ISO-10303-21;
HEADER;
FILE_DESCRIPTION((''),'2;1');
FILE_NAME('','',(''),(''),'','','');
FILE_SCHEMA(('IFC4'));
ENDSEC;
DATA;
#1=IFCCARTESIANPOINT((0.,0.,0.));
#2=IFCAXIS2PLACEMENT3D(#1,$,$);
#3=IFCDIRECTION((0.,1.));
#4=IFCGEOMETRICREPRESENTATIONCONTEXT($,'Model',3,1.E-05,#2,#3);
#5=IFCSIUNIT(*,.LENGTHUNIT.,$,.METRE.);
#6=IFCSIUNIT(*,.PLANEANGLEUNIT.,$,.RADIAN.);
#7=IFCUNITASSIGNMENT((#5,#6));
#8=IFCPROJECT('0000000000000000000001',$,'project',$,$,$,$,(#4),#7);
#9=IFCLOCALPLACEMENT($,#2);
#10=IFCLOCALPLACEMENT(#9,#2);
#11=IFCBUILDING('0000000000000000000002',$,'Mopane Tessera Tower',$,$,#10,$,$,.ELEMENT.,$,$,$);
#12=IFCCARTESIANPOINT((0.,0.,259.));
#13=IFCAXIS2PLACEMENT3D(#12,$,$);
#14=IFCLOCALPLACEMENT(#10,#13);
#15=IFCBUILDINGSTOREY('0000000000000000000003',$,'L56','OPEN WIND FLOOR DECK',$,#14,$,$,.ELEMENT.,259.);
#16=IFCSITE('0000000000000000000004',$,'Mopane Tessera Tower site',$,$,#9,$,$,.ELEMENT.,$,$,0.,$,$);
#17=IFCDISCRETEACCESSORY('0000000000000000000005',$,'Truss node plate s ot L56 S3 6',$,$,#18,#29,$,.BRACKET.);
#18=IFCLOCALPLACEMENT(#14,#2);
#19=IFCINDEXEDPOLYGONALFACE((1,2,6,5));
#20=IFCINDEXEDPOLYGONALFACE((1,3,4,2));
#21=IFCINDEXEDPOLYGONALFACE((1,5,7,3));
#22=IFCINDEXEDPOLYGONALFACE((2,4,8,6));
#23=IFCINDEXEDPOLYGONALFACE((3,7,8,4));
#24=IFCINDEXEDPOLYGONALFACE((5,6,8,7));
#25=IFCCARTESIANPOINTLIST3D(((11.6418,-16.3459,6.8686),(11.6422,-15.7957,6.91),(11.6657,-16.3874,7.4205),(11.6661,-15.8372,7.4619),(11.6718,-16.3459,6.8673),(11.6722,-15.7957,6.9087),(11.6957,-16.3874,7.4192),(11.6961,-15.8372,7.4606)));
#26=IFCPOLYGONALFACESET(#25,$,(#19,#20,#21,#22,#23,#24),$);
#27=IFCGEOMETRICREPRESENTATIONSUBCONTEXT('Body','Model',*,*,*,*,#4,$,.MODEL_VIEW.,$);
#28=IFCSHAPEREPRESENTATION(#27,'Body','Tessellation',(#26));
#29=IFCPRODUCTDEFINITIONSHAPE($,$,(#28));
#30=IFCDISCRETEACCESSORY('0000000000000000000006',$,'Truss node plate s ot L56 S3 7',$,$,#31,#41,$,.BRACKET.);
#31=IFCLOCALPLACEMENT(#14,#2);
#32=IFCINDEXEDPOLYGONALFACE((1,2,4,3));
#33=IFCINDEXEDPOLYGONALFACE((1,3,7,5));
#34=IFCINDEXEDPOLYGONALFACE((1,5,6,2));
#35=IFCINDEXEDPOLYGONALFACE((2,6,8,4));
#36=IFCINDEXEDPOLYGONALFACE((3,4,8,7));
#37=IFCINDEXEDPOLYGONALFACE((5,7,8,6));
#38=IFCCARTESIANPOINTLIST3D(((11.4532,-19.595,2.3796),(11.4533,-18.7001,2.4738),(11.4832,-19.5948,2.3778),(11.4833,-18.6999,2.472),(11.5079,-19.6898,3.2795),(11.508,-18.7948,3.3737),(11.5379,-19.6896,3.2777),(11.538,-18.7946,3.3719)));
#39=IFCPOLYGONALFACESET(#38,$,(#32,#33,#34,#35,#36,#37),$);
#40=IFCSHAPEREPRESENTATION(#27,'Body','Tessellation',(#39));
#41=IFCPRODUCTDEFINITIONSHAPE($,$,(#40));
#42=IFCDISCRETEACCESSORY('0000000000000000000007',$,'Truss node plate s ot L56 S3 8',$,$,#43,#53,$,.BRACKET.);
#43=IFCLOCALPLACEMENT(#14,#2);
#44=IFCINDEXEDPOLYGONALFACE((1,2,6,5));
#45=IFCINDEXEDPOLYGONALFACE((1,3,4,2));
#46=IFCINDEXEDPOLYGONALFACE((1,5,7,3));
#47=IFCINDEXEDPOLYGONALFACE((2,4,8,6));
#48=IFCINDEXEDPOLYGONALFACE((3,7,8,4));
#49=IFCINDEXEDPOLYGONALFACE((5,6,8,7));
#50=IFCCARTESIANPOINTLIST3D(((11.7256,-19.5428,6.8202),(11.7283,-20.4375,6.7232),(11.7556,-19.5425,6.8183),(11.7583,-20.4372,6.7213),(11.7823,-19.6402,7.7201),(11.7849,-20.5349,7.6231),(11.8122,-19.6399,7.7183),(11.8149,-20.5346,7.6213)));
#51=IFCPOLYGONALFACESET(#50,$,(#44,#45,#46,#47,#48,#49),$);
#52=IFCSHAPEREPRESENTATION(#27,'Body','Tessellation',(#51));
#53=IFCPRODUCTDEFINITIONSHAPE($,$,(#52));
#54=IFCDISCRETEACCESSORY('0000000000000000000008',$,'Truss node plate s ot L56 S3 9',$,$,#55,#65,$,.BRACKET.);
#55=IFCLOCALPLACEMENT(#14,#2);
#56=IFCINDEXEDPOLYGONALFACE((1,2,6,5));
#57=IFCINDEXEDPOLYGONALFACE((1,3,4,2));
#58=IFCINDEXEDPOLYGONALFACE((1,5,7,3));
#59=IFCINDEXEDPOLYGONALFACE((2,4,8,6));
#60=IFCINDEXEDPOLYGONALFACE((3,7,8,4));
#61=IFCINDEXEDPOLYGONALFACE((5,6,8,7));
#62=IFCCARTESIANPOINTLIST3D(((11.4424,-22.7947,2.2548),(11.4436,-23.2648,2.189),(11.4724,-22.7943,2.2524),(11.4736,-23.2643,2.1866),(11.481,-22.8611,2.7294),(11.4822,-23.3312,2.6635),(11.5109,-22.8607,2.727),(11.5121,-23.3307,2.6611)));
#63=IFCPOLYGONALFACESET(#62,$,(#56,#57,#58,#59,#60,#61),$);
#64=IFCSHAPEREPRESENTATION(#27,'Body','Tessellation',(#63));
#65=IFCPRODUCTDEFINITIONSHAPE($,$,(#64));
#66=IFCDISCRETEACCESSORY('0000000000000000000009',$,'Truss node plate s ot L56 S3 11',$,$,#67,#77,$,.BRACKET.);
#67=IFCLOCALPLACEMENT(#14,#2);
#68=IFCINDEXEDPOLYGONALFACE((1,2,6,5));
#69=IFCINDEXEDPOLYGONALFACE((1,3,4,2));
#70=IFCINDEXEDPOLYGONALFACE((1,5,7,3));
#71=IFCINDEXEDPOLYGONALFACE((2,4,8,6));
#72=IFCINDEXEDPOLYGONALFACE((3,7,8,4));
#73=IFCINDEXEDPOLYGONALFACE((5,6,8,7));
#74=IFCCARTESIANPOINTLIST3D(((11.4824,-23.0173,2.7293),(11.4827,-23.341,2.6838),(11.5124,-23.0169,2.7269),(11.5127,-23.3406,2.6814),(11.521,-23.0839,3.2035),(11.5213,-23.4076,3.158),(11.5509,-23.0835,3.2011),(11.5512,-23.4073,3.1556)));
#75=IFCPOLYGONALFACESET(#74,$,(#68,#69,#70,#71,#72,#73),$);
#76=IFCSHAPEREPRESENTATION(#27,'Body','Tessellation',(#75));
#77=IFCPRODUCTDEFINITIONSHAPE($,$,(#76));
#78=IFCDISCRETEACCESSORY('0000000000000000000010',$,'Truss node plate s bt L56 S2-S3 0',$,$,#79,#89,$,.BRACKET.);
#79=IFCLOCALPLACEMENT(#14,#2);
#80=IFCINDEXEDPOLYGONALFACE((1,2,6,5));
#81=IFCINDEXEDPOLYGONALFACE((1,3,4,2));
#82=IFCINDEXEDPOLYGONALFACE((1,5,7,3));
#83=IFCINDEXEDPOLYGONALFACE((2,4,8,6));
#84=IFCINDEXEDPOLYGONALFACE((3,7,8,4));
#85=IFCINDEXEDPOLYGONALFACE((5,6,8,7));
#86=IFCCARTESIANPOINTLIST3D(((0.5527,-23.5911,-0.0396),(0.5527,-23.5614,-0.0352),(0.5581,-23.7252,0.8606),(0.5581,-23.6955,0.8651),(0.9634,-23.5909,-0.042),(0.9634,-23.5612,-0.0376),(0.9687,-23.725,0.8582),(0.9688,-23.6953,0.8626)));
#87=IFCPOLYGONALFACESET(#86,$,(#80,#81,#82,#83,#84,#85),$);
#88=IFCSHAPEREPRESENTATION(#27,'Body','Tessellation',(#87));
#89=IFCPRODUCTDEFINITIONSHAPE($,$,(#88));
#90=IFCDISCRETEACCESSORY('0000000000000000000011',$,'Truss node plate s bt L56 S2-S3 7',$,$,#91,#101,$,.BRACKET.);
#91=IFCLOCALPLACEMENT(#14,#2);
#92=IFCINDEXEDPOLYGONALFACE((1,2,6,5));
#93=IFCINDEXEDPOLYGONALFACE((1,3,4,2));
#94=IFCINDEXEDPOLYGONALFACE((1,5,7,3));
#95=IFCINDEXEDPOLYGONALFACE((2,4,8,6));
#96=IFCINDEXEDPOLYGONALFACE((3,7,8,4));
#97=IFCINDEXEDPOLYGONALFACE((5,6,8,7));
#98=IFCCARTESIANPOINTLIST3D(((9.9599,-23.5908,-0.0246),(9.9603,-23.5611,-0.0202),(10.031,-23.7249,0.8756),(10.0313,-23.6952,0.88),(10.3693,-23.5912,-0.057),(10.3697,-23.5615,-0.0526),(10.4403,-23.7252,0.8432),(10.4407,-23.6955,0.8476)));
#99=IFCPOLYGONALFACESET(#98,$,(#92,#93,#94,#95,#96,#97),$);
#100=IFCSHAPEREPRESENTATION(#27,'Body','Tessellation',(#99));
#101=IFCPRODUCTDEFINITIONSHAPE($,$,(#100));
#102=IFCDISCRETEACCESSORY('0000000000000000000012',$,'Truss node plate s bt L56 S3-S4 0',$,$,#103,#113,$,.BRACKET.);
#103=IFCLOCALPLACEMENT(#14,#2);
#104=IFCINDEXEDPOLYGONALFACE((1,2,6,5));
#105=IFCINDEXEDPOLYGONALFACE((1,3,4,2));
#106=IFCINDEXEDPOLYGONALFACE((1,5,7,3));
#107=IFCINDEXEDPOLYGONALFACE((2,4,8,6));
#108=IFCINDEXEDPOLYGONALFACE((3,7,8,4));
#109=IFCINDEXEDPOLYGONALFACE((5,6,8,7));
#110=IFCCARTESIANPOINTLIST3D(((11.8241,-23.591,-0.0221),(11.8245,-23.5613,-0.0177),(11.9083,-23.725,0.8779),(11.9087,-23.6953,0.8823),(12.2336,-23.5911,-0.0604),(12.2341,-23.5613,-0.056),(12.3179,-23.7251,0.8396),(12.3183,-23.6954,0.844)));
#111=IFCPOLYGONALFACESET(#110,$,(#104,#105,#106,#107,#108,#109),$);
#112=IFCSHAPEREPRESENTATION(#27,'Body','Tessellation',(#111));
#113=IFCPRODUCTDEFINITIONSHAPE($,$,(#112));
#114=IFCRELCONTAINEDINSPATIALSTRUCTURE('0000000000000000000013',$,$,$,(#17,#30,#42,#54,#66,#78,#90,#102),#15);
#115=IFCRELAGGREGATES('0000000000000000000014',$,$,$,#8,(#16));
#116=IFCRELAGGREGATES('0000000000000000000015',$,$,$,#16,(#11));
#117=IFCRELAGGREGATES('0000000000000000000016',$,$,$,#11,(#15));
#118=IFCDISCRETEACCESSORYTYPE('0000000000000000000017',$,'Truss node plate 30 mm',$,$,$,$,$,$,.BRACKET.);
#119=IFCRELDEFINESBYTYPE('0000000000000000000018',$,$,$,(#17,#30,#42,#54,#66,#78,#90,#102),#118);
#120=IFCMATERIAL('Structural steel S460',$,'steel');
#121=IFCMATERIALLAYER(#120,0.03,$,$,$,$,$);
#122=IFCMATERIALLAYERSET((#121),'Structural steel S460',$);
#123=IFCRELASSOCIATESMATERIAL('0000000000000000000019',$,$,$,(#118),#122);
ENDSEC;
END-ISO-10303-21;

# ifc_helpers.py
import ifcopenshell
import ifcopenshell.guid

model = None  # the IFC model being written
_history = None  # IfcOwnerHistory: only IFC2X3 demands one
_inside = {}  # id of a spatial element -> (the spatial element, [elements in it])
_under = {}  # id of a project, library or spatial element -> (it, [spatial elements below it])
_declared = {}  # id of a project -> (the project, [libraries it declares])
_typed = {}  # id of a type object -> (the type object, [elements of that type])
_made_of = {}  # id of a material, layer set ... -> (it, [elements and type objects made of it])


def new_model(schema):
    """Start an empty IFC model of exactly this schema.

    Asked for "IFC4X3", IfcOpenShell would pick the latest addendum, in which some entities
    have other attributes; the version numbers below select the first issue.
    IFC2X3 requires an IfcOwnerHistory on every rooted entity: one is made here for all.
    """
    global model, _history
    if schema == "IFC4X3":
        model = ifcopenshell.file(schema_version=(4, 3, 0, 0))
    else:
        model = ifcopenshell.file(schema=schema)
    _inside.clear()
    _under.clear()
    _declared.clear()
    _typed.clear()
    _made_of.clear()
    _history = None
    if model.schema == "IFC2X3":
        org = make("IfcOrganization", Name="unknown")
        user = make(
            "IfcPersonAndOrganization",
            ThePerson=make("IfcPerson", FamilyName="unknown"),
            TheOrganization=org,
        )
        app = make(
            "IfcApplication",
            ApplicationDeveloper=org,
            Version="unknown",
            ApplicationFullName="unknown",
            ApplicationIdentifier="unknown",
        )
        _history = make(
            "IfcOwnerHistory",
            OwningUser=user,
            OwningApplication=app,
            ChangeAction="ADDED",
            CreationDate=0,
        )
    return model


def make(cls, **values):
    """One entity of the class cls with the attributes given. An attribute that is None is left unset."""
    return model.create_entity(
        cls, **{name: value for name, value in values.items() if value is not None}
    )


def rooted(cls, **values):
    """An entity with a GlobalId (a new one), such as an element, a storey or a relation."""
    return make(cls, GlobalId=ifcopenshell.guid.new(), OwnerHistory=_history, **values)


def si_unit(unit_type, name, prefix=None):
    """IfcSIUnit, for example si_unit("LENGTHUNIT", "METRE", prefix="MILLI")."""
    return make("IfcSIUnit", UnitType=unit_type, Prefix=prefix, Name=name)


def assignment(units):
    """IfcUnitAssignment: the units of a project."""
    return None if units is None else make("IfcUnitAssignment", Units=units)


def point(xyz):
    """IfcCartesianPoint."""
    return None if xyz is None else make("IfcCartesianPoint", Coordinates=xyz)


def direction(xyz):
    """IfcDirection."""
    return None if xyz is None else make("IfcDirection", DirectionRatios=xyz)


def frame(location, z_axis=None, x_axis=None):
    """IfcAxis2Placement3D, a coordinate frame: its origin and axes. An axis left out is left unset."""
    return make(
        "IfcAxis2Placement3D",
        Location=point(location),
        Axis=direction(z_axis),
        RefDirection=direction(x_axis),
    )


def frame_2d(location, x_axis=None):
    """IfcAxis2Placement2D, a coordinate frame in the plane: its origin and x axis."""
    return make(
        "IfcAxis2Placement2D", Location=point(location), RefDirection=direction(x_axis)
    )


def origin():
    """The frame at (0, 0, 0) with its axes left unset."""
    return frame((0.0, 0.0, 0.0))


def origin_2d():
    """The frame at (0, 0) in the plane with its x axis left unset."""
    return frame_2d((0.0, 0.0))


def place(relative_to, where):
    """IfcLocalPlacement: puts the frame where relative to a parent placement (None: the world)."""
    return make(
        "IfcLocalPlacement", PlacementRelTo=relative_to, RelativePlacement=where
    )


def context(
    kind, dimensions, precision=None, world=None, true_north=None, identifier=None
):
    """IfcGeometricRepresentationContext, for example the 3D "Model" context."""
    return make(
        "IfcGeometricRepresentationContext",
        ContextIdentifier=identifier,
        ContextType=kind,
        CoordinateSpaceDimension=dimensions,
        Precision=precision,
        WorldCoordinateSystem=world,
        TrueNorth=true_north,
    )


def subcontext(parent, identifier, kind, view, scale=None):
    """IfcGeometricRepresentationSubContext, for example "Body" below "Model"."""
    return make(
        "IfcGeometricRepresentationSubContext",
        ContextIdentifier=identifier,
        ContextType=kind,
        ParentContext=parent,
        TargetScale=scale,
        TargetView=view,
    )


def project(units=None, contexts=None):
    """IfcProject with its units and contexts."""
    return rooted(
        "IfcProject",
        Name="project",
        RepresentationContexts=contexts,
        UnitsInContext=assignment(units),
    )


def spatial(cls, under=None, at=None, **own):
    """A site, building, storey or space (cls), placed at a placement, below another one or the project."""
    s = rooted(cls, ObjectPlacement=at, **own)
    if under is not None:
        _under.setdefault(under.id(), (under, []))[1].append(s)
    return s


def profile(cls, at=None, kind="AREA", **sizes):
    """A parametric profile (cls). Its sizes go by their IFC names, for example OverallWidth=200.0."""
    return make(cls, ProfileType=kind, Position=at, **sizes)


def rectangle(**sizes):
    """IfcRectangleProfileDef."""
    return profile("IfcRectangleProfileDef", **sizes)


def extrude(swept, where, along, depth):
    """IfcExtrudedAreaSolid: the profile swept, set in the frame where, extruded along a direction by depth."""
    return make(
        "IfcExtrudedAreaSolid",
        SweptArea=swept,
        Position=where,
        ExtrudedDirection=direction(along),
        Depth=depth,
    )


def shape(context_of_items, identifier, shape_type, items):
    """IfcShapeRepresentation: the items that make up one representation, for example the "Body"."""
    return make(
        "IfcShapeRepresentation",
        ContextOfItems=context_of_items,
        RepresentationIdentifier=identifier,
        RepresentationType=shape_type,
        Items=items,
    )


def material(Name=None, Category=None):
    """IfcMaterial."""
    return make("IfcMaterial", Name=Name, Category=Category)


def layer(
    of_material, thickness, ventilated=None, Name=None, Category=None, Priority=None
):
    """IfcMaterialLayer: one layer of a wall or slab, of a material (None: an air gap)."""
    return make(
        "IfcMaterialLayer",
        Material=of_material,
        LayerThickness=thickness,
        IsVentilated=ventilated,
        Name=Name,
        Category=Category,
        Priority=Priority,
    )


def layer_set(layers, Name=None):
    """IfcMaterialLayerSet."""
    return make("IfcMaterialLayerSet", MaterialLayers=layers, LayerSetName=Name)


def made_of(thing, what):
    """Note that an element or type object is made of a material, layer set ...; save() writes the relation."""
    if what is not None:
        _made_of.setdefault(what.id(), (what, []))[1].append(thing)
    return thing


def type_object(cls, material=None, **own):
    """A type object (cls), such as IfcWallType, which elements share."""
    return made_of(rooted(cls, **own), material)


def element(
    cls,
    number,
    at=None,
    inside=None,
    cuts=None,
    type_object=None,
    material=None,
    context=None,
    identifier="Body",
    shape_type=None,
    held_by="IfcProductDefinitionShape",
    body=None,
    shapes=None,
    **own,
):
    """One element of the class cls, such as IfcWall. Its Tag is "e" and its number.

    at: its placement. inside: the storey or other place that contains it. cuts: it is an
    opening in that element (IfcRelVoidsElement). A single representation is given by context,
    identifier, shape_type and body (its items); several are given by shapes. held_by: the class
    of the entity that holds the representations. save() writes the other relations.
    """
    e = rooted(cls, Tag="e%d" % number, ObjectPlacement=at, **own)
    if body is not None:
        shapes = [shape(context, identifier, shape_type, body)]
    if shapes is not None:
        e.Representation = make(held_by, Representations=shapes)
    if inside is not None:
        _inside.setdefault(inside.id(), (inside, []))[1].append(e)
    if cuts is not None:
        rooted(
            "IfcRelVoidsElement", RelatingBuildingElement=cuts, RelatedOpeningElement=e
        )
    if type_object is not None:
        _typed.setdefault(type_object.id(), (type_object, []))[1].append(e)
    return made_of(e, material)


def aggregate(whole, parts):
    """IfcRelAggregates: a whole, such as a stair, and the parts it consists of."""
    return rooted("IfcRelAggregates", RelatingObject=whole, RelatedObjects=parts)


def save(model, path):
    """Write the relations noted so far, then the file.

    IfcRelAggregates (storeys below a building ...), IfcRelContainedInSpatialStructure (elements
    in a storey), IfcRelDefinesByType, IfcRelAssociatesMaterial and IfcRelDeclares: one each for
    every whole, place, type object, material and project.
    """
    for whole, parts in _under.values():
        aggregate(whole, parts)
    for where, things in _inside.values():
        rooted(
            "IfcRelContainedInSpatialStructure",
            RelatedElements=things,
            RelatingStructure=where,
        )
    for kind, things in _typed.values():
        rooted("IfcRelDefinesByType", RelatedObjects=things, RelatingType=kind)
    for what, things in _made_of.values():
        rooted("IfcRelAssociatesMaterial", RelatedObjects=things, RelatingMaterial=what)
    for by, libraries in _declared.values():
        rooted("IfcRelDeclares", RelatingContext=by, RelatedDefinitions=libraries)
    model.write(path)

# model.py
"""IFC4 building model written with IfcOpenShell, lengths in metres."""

from ifc_helpers import new_model, si_unit, direction, frame, origin, origin_2d, place, context, subcontext, project, spatial, rectangle, extrude, material, layer, layer_set, type_object, element, save


model = new_model("IFC4")

# Units and contexts
model_context = context("Model", 3, precision=1e-05, world=origin(), true_north=direction((0.0, 1.0)))
body_context = subcontext(model_context, "Body", "Model", "MODEL_VIEW")
ifc_project = project(units=[si_unit("LENGTHUNIT", "METRE"), si_unit("PLANEANGLEUNIT", "RADIAN")], contexts=[model_context])

# Site, building, storey
site_placement = place(None, origin())
site = spatial("IfcSite", under=ifc_project, at=site_placement, Name="Mopane Tessera Tower site", CompositionType="ELEMENT", RefElevation=0.0)
building_placement = place(site_placement, origin())
building = spatial("IfcBuilding", under=site, at=building_placement, Name="Mopane Tessera Tower", CompositionType="ELEMENT")
storey_placement = place(building_placement, frame((0.0, 0.0, 259.0)))
storey = spatial("IfcBuildingStorey", under=building, at=storey_placement, Name="L56", Description="OPEN WIND FLOOR DECK", CompositionType="ELEMENT", Elevation=259.0)

# Discrete accessories
ifc_material_1 = material(Name="Structural steel S460", Category="steel")
ifc_layer_1 = layer(ifc_material_1, 0.03)
ifc_layer_set_1 = layer_set([ifc_layer_1], Name="Structural steel S460")
discrete_accessory_type = type_object("IfcDiscreteAccessoryType", Name="Truss node plate 30 mm", PredefinedType="BRACKET", material=ifc_layer_set_1)
discrete_accessory_1_placement = place(storey_placement, frame((11.657, -16.0708, 6.8887), z_axis=(0.043181, -0.074906, 0.996255), x_axis=(0.999067, 0.002512, -0.043114)))
element("IfcDiscreteAccessory", 1, at=discrete_accessory_1_placement, inside=storey, type_object=discrete_accessory_type, Name="Truss node plate s ot L56 S3 6", PredefinedType="BRACKET", context=body_context, shape_type="SweptSolid", body=[
    extrude(rectangle(XDim=0.03, YDim=0.5518, at=origin_2d()), origin(), (0.0, 0.0, 1.0), 0.554),
])
discrete_accessory_2_placement = place(storey_placement, frame((11.4683, -19.1475, 2.4258), z_axis=(0.060327, -0.104494, 0.992694), x_axis=(0.998179, 0.006222, -0.060005)))
element("IfcDiscreteAccessory", 2, at=discrete_accessory_2_placement, inside=storey, type_object=discrete_accessory_type, Name="Truss node plate s ot L56 S3 7", PredefinedType="BRACKET", context=body_context, shape_type="SweptSolid", body=[
    extrude(rectangle(XDim=0.03, YDim=0.8999, at=origin_2d()), origin(), (0.0, 0.0, 1.0), 0.9065),
])
discrete_accessory_3_placement = place(storey_placement, frame((11.7419, -19.99, 6.7708), z_axis=(0.062453, -0.107409, 0.992251), x_axis=(0.998043, 0.009698, -0.061768)))
element("IfcDiscreteAccessory", 3, at=discrete_accessory_3_placement, inside=storey, type_object=discrete_accessory_type, Name="Truss node plate s ot L56 S3 8", PredefinedType="BRACKET", context=body_context, shape_type="SweptSolid", body=[
    extrude(rectangle(XDim=0.03, YDim=0.8999, at=origin_2d()), origin(), (0.0, 0.0, 1.0), 0.907),
])
discrete_accessory_4_placement = place(storey_placement, frame((11.458, -23.0295, 2.2207), z_axis=(0.080232, -0.138121, 0.98716), x_axis=(0.996773, 0.013617, -0.079108)))
element("IfcDiscreteAccessory", 4, at=discrete_accessory_4_placement, inside=storey, type_object=discrete_accessory_type, Name="Truss node plate s ot L56 S3 9", PredefinedType="BRACKET", context=body_context, shape_type="SweptSolid", body=[
    extrude(rectangle(XDim=0.03, YDim=0.4746, at=origin_2d()), origin(), (0.0, 0.0, 1.0), 0.4807),
])
discrete_accessory_5_placement = place(storey_placement, frame((11.4976, -23.179, 2.7053), z_axis=(0.080267, -0.138689, 0.987078), x_axis=(0.996773, 0.012121, -0.079352)))
element("IfcDiscreteAccessory", 5, at=discrete_accessory_5_placement, inside=storey, type_object=discrete_accessory_type, Name="Truss node plate s ot L56 S3 11", PredefinedType="BRACKET", context=body_context, shape_type="SweptSolid", body=[
    extrude(rectangle(XDim=0.03, YDim=0.3269, at=origin_2d()), origin(), (0.0, 0.0, 1.0), 0.4805),
])
discrete_accessory_6_placement = place(storey_placement, frame((0.7581, -23.5762, -0.0386), z_axis=(0.005902, -0.147275, 0.989078), x_axis=(0.000416, 0.989095, 0.147275)))
element("IfcDiscreteAccessory", 6, at=discrete_accessory_6_placement, inside=storey, type_object=discrete_accessory_type, Name="Truss node plate s bt L56 S2-S3 0", PredefinedType="BRACKET", context=body_context, shape_type="SweptSolid", body=[
    extrude(rectangle(XDim=0.03, YDim=0.4106, at=origin_2d()), origin(), (0.0, 0.0, 1.0), 0.9102),
])
discrete_accessory_7_placement = place(storey_placement, frame((10.1648, -23.5762, -0.0386), z_axis=(0.077828, -0.146831, 0.986095), x_axis=(0.012429, 0.989161, 0.146307)))
element("IfcDiscreteAccessory", 7, at=discrete_accessory_7_placement, inside=storey, type_object=discrete_accessory_type, Name="Truss node plate s bt L56 S2-S3 7", PredefinedType="BRACKET", context=body_context, shape_type="SweptSolid", body=[
    extrude(rectangle(XDim=0.03, YDim=0.4106, at=origin_2d()), origin(), (0.0, 0.0, 1.0), 0.9128),
])
discrete_accessory_8_placement = place(storey_placement, frame((12.0291, -23.5762, -0.0391), z_axis=(0.092182, -0.14669, 0.984878), x_axis=(0.013811, 0.989183, 0.146038)))
element("IfcDiscreteAccessory", 8, at=discrete_accessory_8_placement, inside=storey, type_object=discrete_accessory_type, Name="Truss node plate s bt L56 S3-S4 0", PredefinedType="BRACKET", context=body_context, shape_type="SweptSolid", body=[
    extrude(rectangle(XDim=0.03, YDim=0.4114, at=origin_2d()), origin(), (0.0, 0.0, 1.0), 0.9138),
])

save(model, "model.ifc")
